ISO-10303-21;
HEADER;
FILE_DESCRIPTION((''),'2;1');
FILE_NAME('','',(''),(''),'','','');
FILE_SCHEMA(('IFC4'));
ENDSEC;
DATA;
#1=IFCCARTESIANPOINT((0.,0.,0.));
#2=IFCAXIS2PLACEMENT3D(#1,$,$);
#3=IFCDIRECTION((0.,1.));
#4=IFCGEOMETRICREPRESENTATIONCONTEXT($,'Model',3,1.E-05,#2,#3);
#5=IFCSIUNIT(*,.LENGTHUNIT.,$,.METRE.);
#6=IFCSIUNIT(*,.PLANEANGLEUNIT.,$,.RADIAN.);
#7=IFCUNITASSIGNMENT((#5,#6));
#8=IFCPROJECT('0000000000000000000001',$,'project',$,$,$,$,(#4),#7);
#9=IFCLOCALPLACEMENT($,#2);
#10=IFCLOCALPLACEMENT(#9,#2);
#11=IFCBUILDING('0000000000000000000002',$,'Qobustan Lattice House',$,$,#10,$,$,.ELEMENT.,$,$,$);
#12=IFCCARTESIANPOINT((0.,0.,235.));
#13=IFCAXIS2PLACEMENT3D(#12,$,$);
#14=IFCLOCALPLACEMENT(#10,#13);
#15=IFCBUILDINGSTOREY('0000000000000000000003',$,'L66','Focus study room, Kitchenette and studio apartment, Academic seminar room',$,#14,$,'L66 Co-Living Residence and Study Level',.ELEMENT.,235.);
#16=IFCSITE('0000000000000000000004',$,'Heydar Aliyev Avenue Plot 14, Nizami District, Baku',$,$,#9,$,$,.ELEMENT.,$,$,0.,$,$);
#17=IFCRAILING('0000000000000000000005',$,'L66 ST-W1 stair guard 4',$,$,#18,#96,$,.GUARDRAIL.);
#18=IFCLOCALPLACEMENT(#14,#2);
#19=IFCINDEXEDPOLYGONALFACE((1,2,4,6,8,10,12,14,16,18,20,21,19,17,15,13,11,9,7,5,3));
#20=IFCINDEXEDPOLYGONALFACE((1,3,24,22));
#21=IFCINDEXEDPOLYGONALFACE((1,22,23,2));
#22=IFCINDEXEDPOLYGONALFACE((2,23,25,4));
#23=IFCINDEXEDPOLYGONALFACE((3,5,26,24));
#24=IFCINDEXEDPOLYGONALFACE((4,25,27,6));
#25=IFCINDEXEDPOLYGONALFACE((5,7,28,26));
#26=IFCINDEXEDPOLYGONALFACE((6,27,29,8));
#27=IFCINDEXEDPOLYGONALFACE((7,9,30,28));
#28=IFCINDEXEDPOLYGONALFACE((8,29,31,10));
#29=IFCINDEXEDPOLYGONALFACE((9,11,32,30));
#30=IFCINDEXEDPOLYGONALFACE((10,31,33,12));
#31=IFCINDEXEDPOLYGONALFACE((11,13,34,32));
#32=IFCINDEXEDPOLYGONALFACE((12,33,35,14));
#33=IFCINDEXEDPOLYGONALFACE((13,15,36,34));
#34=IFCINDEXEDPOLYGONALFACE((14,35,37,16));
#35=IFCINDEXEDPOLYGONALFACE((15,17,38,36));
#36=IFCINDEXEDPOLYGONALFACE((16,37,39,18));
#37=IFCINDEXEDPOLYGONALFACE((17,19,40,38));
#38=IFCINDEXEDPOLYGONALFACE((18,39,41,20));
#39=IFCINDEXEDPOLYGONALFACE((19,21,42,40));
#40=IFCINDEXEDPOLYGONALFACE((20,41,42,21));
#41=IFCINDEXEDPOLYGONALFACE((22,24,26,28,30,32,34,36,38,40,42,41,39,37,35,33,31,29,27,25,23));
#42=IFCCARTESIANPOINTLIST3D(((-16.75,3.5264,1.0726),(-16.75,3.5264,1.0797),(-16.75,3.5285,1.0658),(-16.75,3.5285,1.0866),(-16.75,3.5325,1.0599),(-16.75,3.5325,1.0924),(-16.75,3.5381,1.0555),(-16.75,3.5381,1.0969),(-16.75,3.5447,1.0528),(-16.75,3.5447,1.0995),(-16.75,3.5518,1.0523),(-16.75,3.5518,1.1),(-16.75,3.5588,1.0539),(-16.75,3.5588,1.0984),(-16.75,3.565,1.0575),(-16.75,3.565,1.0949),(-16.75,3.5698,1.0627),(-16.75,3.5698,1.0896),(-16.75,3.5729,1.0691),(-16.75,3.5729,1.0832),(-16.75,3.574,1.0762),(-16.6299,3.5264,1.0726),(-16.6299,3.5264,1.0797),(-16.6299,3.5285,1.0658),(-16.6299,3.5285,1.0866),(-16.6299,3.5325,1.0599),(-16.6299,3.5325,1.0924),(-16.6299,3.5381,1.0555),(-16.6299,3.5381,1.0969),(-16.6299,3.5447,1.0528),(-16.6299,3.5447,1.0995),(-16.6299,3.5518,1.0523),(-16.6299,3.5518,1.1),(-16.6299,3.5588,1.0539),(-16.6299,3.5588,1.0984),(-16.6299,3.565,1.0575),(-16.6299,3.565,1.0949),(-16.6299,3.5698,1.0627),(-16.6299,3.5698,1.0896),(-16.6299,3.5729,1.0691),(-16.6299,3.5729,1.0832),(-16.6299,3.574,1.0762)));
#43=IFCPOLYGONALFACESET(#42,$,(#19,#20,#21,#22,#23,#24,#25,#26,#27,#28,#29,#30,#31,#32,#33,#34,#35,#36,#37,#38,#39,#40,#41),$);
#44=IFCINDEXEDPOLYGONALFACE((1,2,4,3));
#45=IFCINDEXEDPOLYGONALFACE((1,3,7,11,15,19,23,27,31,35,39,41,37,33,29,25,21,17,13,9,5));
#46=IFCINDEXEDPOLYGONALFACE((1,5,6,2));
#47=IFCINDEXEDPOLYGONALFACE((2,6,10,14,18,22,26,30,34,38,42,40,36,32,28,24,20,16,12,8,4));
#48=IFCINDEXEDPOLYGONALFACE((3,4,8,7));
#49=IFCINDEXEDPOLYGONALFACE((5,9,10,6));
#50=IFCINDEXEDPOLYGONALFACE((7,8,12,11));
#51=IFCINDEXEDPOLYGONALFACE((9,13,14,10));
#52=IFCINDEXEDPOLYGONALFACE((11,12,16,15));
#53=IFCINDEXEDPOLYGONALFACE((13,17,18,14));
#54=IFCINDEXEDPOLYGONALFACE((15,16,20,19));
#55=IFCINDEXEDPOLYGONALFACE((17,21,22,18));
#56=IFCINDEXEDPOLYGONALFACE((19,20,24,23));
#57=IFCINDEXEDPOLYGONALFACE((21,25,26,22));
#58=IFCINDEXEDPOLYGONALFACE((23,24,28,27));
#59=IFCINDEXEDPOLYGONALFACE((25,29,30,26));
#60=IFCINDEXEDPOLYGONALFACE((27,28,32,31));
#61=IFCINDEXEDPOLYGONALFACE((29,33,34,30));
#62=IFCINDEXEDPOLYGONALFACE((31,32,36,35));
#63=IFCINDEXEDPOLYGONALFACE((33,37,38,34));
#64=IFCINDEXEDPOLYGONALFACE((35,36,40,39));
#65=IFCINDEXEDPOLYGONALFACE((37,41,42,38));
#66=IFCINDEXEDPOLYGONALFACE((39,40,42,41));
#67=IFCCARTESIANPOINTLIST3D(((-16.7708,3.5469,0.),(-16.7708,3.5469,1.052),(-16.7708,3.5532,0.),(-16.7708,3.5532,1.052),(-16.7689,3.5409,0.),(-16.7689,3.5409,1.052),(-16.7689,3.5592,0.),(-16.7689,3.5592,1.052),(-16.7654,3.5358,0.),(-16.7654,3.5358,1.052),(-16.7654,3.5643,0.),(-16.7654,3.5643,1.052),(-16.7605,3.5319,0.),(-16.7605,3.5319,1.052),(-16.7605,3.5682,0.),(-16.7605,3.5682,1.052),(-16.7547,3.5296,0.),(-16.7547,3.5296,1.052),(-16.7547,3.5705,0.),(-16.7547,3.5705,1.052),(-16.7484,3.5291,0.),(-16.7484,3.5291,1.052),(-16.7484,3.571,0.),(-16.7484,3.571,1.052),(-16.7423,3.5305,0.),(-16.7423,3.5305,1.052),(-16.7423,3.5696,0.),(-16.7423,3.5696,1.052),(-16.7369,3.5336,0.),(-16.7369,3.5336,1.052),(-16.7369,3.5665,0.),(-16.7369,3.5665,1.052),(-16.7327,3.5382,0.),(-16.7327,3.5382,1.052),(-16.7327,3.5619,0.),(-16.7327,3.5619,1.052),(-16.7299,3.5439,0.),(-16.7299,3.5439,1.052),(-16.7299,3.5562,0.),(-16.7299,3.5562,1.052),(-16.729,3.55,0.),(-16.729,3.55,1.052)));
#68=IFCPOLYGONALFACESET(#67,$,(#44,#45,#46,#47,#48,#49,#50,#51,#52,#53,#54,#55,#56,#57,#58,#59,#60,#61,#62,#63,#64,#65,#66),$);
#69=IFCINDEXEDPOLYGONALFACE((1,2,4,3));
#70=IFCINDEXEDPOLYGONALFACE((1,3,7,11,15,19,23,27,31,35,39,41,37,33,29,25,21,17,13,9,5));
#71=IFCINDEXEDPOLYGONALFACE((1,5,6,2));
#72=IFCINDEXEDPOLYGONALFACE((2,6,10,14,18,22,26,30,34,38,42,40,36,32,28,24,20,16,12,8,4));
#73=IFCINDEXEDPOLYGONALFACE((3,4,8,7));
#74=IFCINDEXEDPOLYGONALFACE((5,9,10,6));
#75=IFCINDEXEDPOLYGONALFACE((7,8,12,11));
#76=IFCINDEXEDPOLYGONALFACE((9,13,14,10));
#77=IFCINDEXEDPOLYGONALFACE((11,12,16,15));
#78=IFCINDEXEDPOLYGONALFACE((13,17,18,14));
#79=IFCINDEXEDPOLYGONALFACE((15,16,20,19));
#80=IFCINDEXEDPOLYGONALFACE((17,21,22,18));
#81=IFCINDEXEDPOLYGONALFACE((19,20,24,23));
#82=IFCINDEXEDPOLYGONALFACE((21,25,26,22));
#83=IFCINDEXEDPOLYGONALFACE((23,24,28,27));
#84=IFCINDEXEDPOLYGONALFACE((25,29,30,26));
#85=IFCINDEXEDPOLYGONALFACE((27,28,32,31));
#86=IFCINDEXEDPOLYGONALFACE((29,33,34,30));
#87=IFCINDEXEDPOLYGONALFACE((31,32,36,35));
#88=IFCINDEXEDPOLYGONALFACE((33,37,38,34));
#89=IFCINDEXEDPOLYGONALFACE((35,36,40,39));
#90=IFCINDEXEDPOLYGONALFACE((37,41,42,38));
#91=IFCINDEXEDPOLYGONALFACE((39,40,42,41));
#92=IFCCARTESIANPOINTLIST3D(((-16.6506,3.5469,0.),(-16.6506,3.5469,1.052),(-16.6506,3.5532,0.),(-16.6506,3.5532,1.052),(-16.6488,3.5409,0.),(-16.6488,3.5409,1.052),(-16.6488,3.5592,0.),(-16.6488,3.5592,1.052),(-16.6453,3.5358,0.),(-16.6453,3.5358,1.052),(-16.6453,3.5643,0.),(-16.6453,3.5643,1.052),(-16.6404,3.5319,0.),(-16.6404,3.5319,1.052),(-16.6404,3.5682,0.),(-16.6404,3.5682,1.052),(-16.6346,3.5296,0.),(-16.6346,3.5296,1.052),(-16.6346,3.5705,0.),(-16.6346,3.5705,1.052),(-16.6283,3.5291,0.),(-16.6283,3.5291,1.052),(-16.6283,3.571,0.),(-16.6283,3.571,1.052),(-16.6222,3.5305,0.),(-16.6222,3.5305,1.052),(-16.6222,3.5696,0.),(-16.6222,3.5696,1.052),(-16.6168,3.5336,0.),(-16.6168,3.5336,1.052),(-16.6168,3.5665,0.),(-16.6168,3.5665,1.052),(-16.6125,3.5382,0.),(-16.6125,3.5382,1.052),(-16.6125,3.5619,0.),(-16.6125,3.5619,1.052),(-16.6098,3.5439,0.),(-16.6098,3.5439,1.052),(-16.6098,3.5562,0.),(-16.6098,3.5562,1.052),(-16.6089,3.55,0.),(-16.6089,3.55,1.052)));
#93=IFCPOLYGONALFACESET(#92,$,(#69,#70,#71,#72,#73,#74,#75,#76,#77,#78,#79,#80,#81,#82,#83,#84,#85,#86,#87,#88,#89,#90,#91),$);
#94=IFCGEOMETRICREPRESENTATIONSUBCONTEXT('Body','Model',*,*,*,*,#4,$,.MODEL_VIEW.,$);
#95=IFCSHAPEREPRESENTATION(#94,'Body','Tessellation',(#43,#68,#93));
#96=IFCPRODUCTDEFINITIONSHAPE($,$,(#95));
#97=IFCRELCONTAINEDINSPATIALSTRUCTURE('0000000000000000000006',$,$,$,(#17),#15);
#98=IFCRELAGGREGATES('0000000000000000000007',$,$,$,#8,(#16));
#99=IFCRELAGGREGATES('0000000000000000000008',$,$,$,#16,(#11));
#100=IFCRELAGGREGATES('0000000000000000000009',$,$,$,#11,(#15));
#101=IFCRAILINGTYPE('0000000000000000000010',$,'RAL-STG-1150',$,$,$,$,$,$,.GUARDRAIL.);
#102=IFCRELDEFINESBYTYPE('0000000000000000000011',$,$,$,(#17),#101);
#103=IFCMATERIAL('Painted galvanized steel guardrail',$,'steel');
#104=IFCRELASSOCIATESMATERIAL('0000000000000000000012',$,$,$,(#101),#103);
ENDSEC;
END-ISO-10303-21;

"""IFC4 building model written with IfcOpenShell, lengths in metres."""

from ifc_helpers import new_model, si_unit, direction, frame, origin, origin_2d, place, context, subcontext, project, spatial, circle, extrude, material, type_object, element, save


model = new_model("IFC4")

# Units and contexts
model_context = context("Model", 3, precision=1e-05, world=origin(), true_north=direction((0.0, 1.0)))
body_context = subcontext(model_context, "Body", "Model", "MODEL_VIEW")
ifc_project = project(units=[si_unit("LENGTHUNIT", "METRE"), si_unit("PLANEANGLEUNIT", "RADIAN")], contexts=[model_context])

# Site, building, storey
site_placement = place(None, origin())
site = spatial("IfcSite", under=ifc_project, at=site_placement, Name="Heydar Aliyev Avenue Plot 14, Nizami District, Baku", CompositionType="ELEMENT", RefElevation=0.0)
building_placement = place(site_placement, origin())
building = spatial("IfcBuilding", under=site, at=building_placement, Name="Qobustan Lattice House", CompositionType="ELEMENT")
storey_placement = place(building_placement, frame((0.0, 0.0, 235.0)))
storey = spatial("IfcBuildingStorey", under=building, at=storey_placement, Name="L66", Description="Focus study room, Kitchenette and studio apartment, Academic seminar room", LongName="L66 Co-Living Residence and Study Level", CompositionType="ELEMENT", Elevation=235.0)

# Railing
ifc_material_1 = material(Name="Painted galvanized steel guardrail", Category="steel")
railing_type = type_object("IfcRailingType", Name="RAL-STG-1150", PredefinedType="GUARDRAIL", material=ifc_material_1)
railing_1_placement = place(storey_placement, frame((-16.75, 3.55, 0.0)))
element("IfcRailing", 1, at=railing_1_placement, inside=storey, type_object=railing_type, Name="L66 ST-W1 stair guard 4", PredefinedType="GUARDRAIL", context=body_context, shape_type="SweptSolid", body=[
    extrude(circle(Radius=0.0239, at=origin_2d()), frame((0.0, 0.0, 1.0762), z_axis=(1.0, 0.0, 0.0), x_axis=(0.0, 1.0, 0.0)), (0.0, 0.0, 1.0), 0.1201),
    extrude(circle(Radius=0.021, at=origin_2d()), origin(), (0.0, 0.0, 1.0), 1.052),
    extrude(circle(Radius=0.021, at=origin_2d()), frame((0.1201, 0.0, 0.0)), (0.0, 0.0, 1.0), 1.052),
])

save(model, "model.ifc")
